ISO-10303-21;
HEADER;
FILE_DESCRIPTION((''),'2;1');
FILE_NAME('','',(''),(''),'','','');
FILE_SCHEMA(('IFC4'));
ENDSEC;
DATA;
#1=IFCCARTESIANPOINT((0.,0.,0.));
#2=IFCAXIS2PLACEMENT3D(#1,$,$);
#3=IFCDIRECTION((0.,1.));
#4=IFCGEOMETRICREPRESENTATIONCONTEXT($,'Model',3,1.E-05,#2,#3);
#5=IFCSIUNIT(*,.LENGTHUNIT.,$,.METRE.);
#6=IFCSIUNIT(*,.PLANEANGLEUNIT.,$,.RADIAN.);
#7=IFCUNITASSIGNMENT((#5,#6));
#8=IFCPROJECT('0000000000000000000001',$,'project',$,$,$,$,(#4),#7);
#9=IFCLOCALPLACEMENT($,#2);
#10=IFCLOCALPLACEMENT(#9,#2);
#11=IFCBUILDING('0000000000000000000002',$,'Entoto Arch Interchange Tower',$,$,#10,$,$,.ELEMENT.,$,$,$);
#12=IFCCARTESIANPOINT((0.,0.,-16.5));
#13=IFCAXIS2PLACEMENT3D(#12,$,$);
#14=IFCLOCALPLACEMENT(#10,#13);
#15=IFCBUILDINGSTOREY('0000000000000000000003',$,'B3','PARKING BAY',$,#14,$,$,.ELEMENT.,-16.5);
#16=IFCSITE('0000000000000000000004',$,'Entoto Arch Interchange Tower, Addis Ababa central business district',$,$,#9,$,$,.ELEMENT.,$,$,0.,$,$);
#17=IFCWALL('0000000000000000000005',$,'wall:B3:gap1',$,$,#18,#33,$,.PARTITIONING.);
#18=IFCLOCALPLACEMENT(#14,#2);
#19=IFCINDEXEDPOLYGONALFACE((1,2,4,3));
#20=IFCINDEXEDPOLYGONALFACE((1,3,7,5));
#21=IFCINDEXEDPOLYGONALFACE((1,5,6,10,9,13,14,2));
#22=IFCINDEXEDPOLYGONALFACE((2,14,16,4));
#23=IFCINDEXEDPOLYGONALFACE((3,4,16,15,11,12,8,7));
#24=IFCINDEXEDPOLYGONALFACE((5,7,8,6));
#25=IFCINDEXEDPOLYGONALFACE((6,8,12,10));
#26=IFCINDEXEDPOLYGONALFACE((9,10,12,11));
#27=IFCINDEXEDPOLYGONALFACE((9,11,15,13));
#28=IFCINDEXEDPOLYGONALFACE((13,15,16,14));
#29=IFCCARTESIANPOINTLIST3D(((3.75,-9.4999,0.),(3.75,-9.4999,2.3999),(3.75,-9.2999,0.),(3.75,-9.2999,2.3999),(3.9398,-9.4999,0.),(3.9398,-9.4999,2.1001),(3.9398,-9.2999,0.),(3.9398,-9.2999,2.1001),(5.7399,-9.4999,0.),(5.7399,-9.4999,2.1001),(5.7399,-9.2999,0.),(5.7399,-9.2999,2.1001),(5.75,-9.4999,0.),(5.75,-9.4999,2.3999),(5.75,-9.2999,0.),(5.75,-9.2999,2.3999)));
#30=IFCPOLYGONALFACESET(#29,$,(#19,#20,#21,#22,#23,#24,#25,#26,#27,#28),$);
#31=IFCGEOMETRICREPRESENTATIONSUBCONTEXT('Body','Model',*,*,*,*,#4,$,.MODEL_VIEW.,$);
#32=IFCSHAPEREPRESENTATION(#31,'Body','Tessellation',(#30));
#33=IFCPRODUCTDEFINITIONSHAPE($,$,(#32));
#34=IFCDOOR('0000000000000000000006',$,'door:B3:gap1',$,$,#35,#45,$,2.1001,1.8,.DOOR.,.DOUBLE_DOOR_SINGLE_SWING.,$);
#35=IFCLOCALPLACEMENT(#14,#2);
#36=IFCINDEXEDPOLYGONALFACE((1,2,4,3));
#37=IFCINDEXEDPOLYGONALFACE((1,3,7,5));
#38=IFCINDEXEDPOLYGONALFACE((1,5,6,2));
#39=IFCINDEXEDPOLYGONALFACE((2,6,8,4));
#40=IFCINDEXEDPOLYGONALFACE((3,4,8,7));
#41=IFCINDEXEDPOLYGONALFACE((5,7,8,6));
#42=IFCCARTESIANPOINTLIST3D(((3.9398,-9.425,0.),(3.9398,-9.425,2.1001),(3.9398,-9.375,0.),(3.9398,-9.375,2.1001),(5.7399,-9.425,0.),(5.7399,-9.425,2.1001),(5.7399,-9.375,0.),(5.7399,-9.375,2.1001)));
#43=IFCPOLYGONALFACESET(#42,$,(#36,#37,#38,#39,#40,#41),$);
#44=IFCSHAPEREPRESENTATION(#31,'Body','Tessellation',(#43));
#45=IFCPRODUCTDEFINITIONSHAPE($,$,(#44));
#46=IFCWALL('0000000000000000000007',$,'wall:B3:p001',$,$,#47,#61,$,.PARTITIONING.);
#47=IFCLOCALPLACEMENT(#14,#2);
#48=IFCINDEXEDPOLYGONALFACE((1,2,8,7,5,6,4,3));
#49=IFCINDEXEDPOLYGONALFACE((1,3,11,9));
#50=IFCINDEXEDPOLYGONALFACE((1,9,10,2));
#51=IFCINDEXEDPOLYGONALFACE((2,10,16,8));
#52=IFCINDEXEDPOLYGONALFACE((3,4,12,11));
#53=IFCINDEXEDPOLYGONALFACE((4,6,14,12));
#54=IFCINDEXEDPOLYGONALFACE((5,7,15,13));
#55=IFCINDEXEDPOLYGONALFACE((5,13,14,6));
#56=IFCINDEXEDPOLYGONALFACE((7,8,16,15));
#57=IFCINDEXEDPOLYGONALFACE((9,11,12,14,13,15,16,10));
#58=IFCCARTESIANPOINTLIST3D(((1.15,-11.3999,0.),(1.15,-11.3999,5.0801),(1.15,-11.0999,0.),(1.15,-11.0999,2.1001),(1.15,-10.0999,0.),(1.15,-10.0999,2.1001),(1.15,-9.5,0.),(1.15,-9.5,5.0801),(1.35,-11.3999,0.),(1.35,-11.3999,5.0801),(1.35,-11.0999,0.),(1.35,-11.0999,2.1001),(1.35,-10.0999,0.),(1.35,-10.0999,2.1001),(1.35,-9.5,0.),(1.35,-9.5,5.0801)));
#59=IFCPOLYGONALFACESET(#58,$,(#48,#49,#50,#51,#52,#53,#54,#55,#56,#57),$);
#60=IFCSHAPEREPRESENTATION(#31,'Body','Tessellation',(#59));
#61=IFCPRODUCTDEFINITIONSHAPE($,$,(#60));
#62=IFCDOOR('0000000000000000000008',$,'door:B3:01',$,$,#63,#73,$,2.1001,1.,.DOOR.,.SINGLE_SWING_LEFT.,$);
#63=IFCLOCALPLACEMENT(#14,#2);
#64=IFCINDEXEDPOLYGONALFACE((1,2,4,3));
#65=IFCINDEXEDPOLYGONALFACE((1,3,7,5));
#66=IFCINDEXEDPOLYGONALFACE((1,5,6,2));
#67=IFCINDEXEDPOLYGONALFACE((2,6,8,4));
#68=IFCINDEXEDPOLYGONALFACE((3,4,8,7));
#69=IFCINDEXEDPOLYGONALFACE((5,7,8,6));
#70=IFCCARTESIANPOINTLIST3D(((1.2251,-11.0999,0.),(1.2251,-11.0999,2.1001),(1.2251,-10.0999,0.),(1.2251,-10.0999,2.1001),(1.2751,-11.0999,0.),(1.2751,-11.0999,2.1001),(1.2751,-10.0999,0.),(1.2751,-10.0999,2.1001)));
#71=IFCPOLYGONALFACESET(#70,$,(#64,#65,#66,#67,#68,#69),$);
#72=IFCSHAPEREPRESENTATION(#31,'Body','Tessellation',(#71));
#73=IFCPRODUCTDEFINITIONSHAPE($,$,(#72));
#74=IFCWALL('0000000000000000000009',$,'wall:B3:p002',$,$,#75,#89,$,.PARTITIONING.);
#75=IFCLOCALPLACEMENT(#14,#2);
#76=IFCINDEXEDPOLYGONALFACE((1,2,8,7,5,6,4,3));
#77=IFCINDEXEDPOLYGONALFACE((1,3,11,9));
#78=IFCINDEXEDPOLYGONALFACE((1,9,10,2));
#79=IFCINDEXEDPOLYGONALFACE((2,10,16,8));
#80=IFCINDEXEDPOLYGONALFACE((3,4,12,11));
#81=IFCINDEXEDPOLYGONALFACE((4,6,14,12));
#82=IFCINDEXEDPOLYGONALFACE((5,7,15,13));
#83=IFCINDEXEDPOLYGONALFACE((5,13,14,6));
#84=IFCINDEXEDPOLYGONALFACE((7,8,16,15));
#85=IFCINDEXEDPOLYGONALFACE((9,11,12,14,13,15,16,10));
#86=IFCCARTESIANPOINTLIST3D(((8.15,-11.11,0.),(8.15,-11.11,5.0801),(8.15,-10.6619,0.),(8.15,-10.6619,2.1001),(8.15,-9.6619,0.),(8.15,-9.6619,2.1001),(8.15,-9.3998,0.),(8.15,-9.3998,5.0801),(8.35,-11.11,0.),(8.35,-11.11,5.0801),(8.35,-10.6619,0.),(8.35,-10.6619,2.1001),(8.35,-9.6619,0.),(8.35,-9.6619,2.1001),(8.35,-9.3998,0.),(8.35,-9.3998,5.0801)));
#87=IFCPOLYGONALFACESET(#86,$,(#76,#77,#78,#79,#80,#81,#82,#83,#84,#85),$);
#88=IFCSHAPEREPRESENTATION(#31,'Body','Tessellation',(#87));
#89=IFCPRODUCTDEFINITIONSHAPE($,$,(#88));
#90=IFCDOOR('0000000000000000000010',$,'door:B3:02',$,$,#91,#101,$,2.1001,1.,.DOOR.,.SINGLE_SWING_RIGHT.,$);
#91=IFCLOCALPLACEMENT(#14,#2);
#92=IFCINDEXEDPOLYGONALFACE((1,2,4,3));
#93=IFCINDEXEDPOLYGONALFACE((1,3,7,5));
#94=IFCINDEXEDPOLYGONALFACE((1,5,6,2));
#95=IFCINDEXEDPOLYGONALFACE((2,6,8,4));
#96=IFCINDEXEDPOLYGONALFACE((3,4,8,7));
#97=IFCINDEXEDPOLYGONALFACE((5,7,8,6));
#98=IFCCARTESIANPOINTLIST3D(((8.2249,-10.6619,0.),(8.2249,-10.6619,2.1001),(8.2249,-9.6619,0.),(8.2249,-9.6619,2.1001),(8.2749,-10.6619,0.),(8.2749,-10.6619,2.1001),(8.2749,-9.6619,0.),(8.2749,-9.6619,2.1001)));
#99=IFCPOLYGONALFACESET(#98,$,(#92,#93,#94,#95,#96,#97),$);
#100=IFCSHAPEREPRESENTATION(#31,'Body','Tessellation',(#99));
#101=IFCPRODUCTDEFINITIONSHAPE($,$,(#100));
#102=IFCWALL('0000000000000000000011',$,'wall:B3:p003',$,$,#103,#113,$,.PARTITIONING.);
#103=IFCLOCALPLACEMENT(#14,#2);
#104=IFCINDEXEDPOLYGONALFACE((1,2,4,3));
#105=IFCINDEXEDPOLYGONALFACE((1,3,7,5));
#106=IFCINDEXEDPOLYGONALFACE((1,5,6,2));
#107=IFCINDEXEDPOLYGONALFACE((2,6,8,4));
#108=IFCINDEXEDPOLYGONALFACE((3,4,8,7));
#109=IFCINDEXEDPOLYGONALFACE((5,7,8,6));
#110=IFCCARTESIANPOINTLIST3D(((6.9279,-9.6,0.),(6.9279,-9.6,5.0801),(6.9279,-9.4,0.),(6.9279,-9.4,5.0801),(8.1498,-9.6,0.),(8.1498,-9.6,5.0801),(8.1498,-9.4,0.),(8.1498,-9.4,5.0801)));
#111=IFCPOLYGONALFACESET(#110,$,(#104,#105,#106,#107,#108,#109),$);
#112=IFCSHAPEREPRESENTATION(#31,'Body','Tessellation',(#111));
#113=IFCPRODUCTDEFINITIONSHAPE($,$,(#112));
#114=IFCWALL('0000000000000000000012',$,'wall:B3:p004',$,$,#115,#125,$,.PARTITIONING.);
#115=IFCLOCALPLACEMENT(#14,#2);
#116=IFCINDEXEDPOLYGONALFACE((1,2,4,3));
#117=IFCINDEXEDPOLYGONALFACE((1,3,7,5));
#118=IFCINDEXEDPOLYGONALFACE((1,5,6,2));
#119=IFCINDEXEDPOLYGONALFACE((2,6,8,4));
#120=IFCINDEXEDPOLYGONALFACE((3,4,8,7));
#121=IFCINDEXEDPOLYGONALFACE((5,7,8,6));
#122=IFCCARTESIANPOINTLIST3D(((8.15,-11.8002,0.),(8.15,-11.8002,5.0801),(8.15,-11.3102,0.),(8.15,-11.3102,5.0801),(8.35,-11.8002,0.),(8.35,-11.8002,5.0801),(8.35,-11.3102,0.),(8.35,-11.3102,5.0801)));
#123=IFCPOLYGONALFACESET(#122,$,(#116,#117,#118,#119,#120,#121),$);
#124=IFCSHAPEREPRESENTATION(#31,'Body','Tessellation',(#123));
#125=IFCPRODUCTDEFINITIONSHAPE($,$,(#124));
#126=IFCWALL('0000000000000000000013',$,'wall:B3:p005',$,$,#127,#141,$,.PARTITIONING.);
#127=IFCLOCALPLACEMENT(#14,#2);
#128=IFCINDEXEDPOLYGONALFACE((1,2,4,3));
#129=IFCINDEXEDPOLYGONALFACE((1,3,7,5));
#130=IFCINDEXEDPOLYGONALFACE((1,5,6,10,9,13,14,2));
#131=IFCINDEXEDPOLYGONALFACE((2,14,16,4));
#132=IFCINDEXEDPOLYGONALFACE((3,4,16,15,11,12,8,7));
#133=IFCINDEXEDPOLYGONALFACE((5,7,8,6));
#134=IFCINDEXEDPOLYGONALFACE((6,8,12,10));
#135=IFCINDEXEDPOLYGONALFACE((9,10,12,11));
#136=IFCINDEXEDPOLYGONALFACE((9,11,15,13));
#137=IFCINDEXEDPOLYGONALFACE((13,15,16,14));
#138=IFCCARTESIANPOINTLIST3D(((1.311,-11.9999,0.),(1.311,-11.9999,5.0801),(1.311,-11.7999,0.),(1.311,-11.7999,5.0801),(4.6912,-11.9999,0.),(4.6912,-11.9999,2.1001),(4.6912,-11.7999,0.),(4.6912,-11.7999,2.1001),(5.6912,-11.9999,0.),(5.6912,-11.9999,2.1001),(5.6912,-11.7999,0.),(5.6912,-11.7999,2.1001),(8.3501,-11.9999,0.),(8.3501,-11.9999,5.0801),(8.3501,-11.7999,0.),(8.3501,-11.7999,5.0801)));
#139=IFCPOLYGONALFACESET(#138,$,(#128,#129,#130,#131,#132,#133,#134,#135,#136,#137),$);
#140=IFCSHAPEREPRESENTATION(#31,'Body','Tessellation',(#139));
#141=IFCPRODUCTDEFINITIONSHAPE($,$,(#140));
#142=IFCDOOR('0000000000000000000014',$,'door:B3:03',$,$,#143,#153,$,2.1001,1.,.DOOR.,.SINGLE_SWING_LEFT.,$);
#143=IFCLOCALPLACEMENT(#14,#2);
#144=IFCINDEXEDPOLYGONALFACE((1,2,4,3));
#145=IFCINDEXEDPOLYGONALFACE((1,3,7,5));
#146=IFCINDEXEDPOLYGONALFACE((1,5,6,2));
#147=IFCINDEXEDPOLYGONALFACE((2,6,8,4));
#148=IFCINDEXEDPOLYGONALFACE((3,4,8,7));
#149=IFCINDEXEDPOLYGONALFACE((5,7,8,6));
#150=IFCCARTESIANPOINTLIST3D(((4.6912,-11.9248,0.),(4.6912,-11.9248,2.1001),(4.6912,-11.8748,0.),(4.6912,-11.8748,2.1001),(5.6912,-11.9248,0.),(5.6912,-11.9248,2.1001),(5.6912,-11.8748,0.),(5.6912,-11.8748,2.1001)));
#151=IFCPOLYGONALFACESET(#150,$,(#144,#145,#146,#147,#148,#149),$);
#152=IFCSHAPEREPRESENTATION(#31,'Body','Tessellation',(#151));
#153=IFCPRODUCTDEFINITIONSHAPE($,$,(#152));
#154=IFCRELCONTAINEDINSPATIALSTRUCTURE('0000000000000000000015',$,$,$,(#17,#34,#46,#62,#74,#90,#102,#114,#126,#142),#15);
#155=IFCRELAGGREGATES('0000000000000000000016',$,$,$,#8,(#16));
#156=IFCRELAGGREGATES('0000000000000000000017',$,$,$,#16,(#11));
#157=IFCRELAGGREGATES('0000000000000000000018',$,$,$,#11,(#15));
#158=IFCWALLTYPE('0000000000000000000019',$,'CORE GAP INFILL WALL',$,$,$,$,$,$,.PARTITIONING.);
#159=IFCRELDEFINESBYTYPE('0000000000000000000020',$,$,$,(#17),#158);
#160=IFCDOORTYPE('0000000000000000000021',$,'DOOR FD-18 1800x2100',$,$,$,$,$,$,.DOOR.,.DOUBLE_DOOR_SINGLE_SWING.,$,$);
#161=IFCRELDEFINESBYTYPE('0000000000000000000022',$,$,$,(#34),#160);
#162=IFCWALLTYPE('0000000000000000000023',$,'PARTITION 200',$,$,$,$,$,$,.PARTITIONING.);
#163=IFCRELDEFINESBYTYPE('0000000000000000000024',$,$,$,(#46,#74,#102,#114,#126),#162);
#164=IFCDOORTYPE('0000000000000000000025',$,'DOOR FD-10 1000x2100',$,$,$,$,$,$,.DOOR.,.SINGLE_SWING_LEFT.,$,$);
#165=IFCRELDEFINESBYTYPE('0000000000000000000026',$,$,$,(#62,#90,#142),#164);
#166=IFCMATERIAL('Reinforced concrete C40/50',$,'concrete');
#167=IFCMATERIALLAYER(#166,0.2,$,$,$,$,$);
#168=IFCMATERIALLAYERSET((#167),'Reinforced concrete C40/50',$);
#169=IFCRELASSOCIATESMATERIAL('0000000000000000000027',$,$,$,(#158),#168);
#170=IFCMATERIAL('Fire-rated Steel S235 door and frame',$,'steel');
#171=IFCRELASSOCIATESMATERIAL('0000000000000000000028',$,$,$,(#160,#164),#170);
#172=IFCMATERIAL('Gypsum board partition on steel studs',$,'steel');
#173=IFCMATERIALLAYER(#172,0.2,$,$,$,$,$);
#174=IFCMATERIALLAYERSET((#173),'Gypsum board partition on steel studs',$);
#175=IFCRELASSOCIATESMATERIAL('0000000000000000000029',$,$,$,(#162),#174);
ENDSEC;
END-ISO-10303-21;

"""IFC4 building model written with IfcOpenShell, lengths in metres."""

from ifc_helpers import new_model, si_unit, direction, frame, frame_2d, origin, place, context, subcontext, project, spatial, rectangle, extrude, material, layer, layer_set, type_object, element, fill, save


model = new_model("IFC4")

# Units and contexts
model_context = context("Model", 3, precision=1e-05, world=origin(), true_north=direction((0.0, 1.0)))
body_context = subcontext(model_context, "Body", "Model", "MODEL_VIEW")
ifc_project = project(units=[si_unit("LENGTHUNIT", "METRE"), si_unit("PLANEANGLEUNIT", "RADIAN")], contexts=[model_context])

# Site, building, storey
site_placement = place(None, origin())
site = spatial("IfcSite", under=ifc_project, at=site_placement, Name="Entoto Arch Interchange Tower, Addis Ababa central business district", CompositionType="ELEMENT", RefElevation=0.0)
building_placement = place(site_placement, origin())
building = spatial("IfcBuilding", under=site, at=building_placement, Name="Entoto Arch Interchange Tower", CompositionType="ELEMENT")
storey_placement = place(building_placement, frame((0.0, 0.0, -16.5)))
storey = spatial("IfcBuildingStorey", under=building, at=storey_placement, Name="B3", Description="PARKING BAY", CompositionType="ELEMENT", Elevation=-16.5)

# Walls, openings, doors
ifc_material_1 = material(Name="Reinforced concrete C40/50", Category="concrete")
ifc_layer_1 = layer(ifc_material_1, 0.2)
ifc_layer_set_1 = layer_set([ifc_layer_1], Name="Reinforced concrete C40/50")
wall_type_1 = type_object("IfcWallType", Name="CORE GAP INFILL WALL", PredefinedType="PARTITIONING", material=ifc_layer_set_1)
wall_1_placement = place(storey_placement, frame((3.75, -9.3999, 0.0), z_axis=(0.0, 0.0, 1.0), x_axis=(1.0, 0.0, 0.0)))
wall_1 = element("IfcWall", 1, at=wall_1_placement, inside=storey, type_object=wall_type_1, Name="wall:B3:gap1", PredefinedType="PARTITIONING", context=body_context, shape_type="SweptSolid", body=[
    extrude(rectangle(XDim=2.0, YDim=0.2, at=frame_2d((1.0, 0.0))), origin(), (0.0, 0.0, 1.0), 2.3999),
])
opening_1_placement = place(wall_1_placement, frame((0.1899, 0.0, 0.0)))
opening_1 = element("IfcOpeningElement", 2, at=opening_1_placement, cuts=wall_1, PredefinedType="OPENING", context=body_context, shape_type="SweptSolid", body=[
    extrude(rectangle(XDim=1.8, YDim=2.1001, at=frame_2d((0.8999, 1.05))), frame((0.0, 0.1099, 0.0), z_axis=(0.0, -1.0, 0.0), x_axis=(1.0, 0.0, 0.0)), (0.0, 0.0, 1.0), 0.22),
])
ifc_material_2 = material(Name="Fire-rated Steel S235 door and frame", Category="steel")
door_type_1 = type_object("IfcDoorType", Name="DOOR FD-18 1800x2100", OperationType="DOUBLE_DOOR_SINGLE_SWING", PredefinedType="DOOR", material=ifc_material_2)
door_1_placement = place(opening_1_placement, origin())
door_1 = element("IfcDoor", 3, at=door_1_placement, inside=storey, type_object=door_type_1, Name="door:B3:gap1", OperationType="DOUBLE_DOOR_SINGLE_SWING", OverallHeight=2.1001, OverallWidth=1.8, PredefinedType="DOOR", context=body_context, shape_type="SweptSolid", body=[
    extrude(rectangle(XDim=1.8, YDim=2.1001, at=frame_2d((0.8999, 1.05))), frame((0.0, 0.0249, 0.0), z_axis=(0.0, -1.0, 0.0), x_axis=(1.0, 0.0, 0.0)), (0.0, 0.0, 1.0), 0.05),
])
fill(opening_1, door_1)
ifc_material_3 = material(Name="Gypsum board partition on steel studs", Category="steel")
ifc_layer_2 = layer(ifc_material_3, 0.2)
ifc_layer_set_2 = layer_set([ifc_layer_2], Name="Gypsum board partition on steel studs")
wall_type_2 = type_object("IfcWallType", Name="PARTITION 200", PredefinedType="PARTITIONING", material=ifc_layer_set_2)
wall_2_placement = place(storey_placement, frame((1.25, -11.3999, 0.0), z_axis=(0.0, 0.0, 1.0), x_axis=(0.0, 1.0, 0.0)))
wall_2 = element("IfcWall", 4, at=wall_2_placement, inside=storey, type_object=wall_type_2, Name="wall:B3:p001", PredefinedType="PARTITIONING", context=body_context, shape_type="SweptSolid", body=[
    extrude(rectangle(XDim=1.8999, YDim=0.2, at=frame_2d((0.95, 0.0))), origin(), (0.0, 0.0, 1.0), 5.0801),
])
opening_2_placement = place(wall_2_placement, frame((0.3, 0.0, 0.0)))
opening_2 = element("IfcOpeningElement", 5, at=opening_2_placement, cuts=wall_2, PredefinedType="OPENING", context=body_context, shape_type="SweptSolid", body=[
    extrude(rectangle(XDim=1.0, YDim=2.1001, at=frame_2d((0.5, 1.05))), frame((0.0, 0.1099, 0.0), z_axis=(0.0, -1.0, 0.0), x_axis=(1.0, 0.0, 0.0)), (0.0, 0.0, 1.0), 0.22),
])
door_type_2 = type_object("IfcDoorType", Name="DOOR FD-10 1000x2100", OperationType="SINGLE_SWING_LEFT", PredefinedType="DOOR", material=ifc_material_2)
door_2_placement = place(opening_2_placement, origin())
door_2 = element("IfcDoor", 6, at=door_2_placement, inside=storey, type_object=door_type_2, Name="door:B3:01", OperationType="SINGLE_SWING_LEFT", OverallHeight=2.1001, OverallWidth=1.0, PredefinedType="DOOR", context=body_context, shape_type="SweptSolid", body=[
    extrude(rectangle(XDim=1.0, YDim=2.1001, at=frame_2d((0.5, 1.05))), frame((0.0, 0.0249, 0.0), z_axis=(0.0, -1.0, 0.0), x_axis=(1.0, 0.0, 0.0)), (0.0, 0.0, 1.0), 0.05),
])
fill(opening_2, door_2)
wall_3_placement = place(storey_placement, frame((8.25, -9.3999, 0.0), z_axis=(0.0, 0.0, 1.0), x_axis=(0.0, -1.0, 0.0)))
wall_3 = element("IfcWall", 7, at=wall_3_placement, inside=storey, type_object=wall_type_2, Name="wall:B3:p002", PredefinedType="PARTITIONING", context=body_context, shape_type="SweptSolid", body=[
    extrude(rectangle(XDim=1.7102, YDim=0.2, at=frame_2d((0.855, 0.0))), origin(), (0.0, 0.0, 1.0), 5.0801),
])
opening_3_placement = place(wall_3_placement, frame((0.262, 0.0, 0.0)))
opening_3 = element("IfcOpeningElement", 8, at=opening_3_placement, cuts=wall_3, PredefinedType="OPENING", context=body_context, shape_type="SweptSolid", body=[
    extrude(rectangle(XDim=1.0, YDim=2.1001, at=frame_2d((0.5, 1.05))), frame((0.0, 0.1099, 0.0), z_axis=(0.0, -1.0, 0.0), x_axis=(1.0, 0.0, 0.0)), (0.0, 0.0, 1.0), 0.22),
])
door_3_placement = place(opening_3_placement, origin())
door_3 = element("IfcDoor", 9, at=door_3_placement, inside=storey, type_object=door_type_2, Name="door:B3:02", OperationType="SINGLE_SWING_RIGHT", OverallHeight=2.1001, OverallWidth=1.0, PredefinedType="DOOR", context=body_context, shape_type="SweptSolid", body=[
    extrude(rectangle(XDim=1.0, YDim=2.1001, at=frame_2d((0.5, 1.05))), frame((0.0, 0.0249, 0.0), z_axis=(0.0, -1.0, 0.0), x_axis=(1.0, 0.0, 0.0)), (0.0, 0.0, 1.0), 0.05),
])
fill(opening_3, door_3)

# Walls
wall_4_placement = place(storey_placement, frame((6.928, -9.5, 0.0), z_axis=(0.0, 0.0, 1.0), x_axis=(1.0, 0.0, 0.0)))
element("IfcWall", 10, at=wall_4_placement, inside=storey, type_object=wall_type_2, Name="wall:B3:p003", PredefinedType="PARTITIONING", context=body_context, shape_type="SweptSolid", body=[
    extrude(rectangle(XDim=1.2219, YDim=0.2, at=frame_2d((0.6108, 0.0))), origin(), (0.0, 0.0, 1.0), 5.0801),
])
wall_5_placement = place(storey_placement, frame((8.25, -11.3101, 0.0), z_axis=(0.0, 0.0, 1.0), x_axis=(0.0, -1.0, 0.0)))
element("IfcWall", 11, at=wall_5_placement, inside=storey, type_object=wall_type_2, Name="wall:B3:p004", PredefinedType="PARTITIONING", context=body_context, shape_type="SweptSolid", body=[
    extrude(rectangle(XDim=0.49, YDim=0.2, at=frame_2d((0.2451, 0.0))), origin(), (0.0, 0.0, 1.0), 5.0801),
])

# Wall, opening, door
wall_6_placement = place(storey_placement, frame((8.3501, -11.8999, 0.0), z_axis=(0.0, 0.0, 1.0), x_axis=(-1.0, 0.0, 0.0)))
wall_6 = element("IfcWall", 12, at=wall_6_placement, inside=storey, type_object=wall_type_2, Name="wall:B3:p005", PredefinedType="PARTITIONING", context=body_context, shape_type="SweptSolid", body=[
    extrude(rectangle(XDim=7.0391, YDim=0.2, at=frame_2d((3.5195, 0.0))), origin(), (0.0, 0.0, 1.0), 5.0801),
])
opening_4_placement = place(wall_6_placement, frame((2.6589, 0.0, 0.0)))
opening_4 = element("IfcOpeningElement", 13, at=opening_4_placement, cuts=wall_6, PredefinedType="OPENING", context=body_context, shape_type="SweptSolid", body=[
    extrude(rectangle(XDim=1.0, YDim=2.1001, at=frame_2d((0.5, 1.05))), frame((0.0, 0.1099, 0.0), z_axis=(0.0, -1.0, 0.0), x_axis=(1.0, 0.0, 0.0)), (0.0, 0.0, 1.0), 0.22),
])
door_4_placement = place(opening_4_placement, origin())
door_4 = element("IfcDoor", 14, at=door_4_placement, inside=storey, type_object=door_type_2, Name="door:B3:03", OperationType="SINGLE_SWING_LEFT", OverallHeight=2.1001, OverallWidth=1.0, PredefinedType="DOOR", context=body_context, shape_type="SweptSolid", body=[
    extrude(rectangle(XDim=1.0, YDim=2.1001, at=frame_2d((0.5, 1.05))), frame((0.0, 0.0249, 0.0), z_axis=(0.0, -1.0, 0.0), x_axis=(1.0, 0.0, 0.0)), (0.0, 0.0, 1.0), 0.05),
])
fill(opening_4, door_4)

save(model, "model.ifc")
